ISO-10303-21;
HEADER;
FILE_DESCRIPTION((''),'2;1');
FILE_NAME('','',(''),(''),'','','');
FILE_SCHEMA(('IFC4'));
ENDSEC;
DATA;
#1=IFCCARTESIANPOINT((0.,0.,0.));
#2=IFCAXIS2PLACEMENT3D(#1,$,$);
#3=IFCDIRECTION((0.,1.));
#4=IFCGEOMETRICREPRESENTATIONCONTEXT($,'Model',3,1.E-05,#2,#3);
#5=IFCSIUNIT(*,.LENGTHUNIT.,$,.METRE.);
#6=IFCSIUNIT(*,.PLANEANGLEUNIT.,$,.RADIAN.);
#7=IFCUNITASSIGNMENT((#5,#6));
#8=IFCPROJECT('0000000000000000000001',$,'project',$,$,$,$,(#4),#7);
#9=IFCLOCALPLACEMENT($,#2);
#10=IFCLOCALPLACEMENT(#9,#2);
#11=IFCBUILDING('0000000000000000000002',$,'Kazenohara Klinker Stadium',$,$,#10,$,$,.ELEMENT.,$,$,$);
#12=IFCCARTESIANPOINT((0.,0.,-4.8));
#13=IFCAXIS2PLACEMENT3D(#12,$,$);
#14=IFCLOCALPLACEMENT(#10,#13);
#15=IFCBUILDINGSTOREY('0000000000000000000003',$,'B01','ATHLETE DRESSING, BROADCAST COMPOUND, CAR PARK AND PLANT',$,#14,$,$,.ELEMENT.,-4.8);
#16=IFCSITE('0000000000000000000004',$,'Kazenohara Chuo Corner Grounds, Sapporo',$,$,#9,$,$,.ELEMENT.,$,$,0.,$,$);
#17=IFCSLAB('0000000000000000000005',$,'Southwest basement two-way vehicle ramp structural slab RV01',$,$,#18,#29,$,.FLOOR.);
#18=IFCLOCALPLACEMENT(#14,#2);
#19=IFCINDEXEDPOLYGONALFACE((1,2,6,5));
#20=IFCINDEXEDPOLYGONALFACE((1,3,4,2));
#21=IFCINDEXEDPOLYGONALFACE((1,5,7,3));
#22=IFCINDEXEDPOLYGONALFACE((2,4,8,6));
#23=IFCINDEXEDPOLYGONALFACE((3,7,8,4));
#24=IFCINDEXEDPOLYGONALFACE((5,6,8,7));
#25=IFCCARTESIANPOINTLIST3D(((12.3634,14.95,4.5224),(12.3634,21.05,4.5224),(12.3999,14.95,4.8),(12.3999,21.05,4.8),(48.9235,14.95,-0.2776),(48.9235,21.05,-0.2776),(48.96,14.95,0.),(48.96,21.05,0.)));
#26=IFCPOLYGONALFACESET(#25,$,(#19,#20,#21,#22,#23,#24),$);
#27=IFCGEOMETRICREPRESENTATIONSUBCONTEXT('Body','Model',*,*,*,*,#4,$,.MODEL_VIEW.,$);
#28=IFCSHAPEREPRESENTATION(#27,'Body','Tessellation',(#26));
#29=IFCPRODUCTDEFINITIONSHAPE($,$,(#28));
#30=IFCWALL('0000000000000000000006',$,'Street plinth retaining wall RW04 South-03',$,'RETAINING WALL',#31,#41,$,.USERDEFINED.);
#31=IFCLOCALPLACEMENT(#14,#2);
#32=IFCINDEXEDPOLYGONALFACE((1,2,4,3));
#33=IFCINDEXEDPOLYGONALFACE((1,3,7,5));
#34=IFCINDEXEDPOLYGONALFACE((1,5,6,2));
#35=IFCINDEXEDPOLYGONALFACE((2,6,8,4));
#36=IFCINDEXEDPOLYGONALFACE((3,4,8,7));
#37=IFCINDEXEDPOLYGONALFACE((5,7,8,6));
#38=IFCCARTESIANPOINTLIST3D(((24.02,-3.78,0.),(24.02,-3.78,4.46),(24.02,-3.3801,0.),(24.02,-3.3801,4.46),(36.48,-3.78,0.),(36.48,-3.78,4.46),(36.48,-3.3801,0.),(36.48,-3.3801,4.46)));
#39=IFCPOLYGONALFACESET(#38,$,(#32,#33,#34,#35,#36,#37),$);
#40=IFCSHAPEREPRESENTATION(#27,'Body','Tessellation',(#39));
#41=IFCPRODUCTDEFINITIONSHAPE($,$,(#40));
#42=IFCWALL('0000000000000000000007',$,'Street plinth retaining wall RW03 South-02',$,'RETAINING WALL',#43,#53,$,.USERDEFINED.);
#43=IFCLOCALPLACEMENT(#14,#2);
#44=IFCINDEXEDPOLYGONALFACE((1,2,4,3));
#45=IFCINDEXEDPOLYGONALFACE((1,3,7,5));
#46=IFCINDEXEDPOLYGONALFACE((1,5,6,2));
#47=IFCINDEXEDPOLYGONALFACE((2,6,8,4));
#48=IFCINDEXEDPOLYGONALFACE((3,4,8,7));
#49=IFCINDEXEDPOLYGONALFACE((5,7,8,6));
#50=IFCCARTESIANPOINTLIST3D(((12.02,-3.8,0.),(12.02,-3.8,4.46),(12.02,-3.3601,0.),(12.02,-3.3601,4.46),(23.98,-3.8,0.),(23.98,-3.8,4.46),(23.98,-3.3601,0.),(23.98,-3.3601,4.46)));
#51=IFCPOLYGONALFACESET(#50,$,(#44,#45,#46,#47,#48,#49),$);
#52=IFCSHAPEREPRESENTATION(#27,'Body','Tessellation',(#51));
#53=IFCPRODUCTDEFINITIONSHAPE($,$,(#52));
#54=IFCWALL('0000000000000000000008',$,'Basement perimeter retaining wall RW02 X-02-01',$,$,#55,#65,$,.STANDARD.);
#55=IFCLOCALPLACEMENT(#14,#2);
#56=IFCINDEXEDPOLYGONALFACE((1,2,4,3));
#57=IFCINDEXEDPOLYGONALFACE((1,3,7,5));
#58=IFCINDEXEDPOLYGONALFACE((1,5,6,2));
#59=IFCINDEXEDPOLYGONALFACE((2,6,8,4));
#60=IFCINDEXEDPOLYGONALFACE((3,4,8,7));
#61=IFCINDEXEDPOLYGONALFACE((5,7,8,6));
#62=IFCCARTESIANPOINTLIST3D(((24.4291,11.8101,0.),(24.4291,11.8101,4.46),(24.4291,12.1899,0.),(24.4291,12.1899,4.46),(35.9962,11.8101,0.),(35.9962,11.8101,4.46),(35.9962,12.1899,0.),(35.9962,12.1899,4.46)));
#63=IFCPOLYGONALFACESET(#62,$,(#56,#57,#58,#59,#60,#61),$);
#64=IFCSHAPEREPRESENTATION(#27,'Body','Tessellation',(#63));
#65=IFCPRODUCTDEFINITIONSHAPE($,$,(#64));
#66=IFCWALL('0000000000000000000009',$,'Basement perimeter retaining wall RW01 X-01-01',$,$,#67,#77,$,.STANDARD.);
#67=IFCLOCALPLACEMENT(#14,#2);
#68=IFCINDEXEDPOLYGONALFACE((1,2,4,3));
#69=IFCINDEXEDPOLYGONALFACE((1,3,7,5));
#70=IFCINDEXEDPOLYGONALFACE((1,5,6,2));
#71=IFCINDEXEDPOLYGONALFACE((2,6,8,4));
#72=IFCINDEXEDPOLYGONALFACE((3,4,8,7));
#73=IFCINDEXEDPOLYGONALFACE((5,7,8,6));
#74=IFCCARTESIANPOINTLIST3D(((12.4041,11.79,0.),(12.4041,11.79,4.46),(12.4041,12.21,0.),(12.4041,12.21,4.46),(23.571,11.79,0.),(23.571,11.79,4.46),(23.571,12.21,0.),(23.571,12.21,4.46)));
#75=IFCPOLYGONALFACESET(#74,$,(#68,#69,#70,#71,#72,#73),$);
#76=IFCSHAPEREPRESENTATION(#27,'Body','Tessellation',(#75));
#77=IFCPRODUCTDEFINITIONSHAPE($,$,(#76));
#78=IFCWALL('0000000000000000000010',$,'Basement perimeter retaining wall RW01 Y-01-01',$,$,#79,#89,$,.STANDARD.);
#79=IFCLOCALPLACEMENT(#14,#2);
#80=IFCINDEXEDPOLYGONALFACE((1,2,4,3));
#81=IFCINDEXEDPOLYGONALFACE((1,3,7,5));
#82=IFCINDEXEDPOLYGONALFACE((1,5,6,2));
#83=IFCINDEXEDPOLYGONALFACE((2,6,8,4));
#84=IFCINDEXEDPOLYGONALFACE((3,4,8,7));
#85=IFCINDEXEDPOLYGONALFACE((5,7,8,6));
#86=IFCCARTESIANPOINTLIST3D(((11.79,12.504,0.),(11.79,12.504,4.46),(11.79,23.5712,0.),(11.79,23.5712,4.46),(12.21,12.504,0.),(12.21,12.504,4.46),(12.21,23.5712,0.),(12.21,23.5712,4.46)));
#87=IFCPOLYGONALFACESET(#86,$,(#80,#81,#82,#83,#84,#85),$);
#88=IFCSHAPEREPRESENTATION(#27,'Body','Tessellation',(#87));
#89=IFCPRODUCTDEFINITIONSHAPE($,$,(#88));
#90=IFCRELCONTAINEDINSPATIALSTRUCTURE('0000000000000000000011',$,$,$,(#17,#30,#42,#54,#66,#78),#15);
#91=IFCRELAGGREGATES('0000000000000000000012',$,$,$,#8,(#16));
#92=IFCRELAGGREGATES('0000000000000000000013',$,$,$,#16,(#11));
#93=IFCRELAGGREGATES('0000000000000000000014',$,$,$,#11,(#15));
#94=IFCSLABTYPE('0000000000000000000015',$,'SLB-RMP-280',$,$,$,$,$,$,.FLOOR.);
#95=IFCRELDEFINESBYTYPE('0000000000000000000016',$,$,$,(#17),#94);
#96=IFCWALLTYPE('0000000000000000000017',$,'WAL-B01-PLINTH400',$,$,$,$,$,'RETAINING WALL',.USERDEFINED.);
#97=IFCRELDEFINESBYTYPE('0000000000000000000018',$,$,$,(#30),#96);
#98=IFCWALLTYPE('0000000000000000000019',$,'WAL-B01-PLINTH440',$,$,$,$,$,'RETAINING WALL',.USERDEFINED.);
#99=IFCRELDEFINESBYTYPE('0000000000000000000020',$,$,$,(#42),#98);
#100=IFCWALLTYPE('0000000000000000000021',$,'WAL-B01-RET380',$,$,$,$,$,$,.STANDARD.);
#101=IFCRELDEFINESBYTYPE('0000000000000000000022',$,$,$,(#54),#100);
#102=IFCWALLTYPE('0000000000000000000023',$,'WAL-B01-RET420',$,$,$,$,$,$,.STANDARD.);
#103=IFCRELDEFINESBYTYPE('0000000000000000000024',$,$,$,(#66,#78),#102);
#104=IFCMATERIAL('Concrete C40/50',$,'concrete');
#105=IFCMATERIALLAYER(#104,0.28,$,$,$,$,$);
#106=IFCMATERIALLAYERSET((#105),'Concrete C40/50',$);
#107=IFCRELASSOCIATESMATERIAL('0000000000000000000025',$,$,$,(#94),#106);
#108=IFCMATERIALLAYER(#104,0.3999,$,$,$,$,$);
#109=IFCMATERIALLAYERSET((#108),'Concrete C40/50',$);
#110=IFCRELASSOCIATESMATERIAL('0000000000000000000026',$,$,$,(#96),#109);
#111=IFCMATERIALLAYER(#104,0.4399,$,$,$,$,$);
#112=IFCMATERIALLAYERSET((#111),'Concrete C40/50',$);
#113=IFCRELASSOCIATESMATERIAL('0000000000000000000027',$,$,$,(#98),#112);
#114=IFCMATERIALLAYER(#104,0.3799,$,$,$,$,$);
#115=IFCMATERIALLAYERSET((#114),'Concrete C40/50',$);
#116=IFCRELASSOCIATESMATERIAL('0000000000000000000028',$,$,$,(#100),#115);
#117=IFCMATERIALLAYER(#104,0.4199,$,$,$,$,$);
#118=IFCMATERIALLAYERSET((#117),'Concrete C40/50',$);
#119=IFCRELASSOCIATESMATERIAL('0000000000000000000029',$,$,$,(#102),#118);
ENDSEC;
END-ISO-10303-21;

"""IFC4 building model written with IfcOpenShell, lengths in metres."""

from ifc_helpers import new_model, si_unit, direction, frame, frame_2d, origin, place, context, subcontext, project, spatial, polyline, rectangle, outline, extrude, material, layer, layer_set, type_object, element, save


model = new_model("IFC4")

# Units and contexts
model_context = context("Model", 3, precision=1e-05, world=origin(), true_north=direction((0.0, 1.0)))
body_context = subcontext(model_context, "Body", "Model", "MODEL_VIEW")
ifc_project = project(units=[si_unit("LENGTHUNIT", "METRE"), si_unit("PLANEANGLEUNIT", "RADIAN")], contexts=[model_context])

# Site, building, storey
site_placement = place(None, origin())
site = spatial("IfcSite", under=ifc_project, at=site_placement, Name="Kazenohara Chuo Corner Grounds, Sapporo", CompositionType="ELEMENT", RefElevation=0.0)
building_placement = place(site_placement, origin())
building = spatial("IfcBuilding", under=site, at=building_placement, Name="Kazenohara Klinker Stadium", CompositionType="ELEMENT")
storey_placement = place(building_placement, frame((0.0, 0.0, -4.8)))
storey = spatial("IfcBuildingStorey", under=building, at=storey_placement, Name="B01", Description="ATHLETE DRESSING, BROADCAST COMPOUND, CAR PARK AND PLANT", CompositionType="ELEMENT", Elevation=-4.8)

# Shared definitions
ifc_material_1 = material(Name="Concrete C40/50", Category="concrete")

# Slab
ifc_layer_1 = layer(ifc_material_1, 0.28)
ifc_layer_set_1 = layer_set([ifc_layer_1], Name="Concrete C40/50")
slab_type = type_object("IfcSlabType", Name="SLB-RMP-280", PredefinedType="FLOOR", material=ifc_layer_set_1)
slab_placement = place(storey_placement, frame((12.3999, 14.95, 4.8), z_axis=(0.130175, 0.0, 0.991491), x_axis=(0.991491, 0.0, -0.130175)))
element("IfcSlab", 1, at=slab_placement, inside=storey, type_object=slab_type, Name="Southwest basement two-way vehicle ramp structural slab RV01", PredefinedType="FLOOR", context=body_context, shape_type="SweptSolid", body=[
    extrude(outline(polyline([(0.0, 0.0), (36.8738, 0.0), (36.8738, 6.1001), (0.0, 6.1001), (0.0, 0.0)])), origin(), (0.0, 0.0, -1.0), 0.28),
])

# Walls
ifc_layer_2 = layer(ifc_material_1, 0.3999)
ifc_layer_set_2 = layer_set([ifc_layer_2], Name="Concrete C40/50")
wall_type_1 = type_object("IfcWallType", Name="WAL-B01-PLINTH400", ElementType="RETAINING WALL", PredefinedType="USERDEFINED", material=ifc_layer_set_2)
wall_1_placement = place(storey_placement, frame((24.02, -3.5801, 0.0), z_axis=(0.0, 0.0, 1.0), x_axis=(1.0, 0.0, 0.0)))
element("IfcWall", 2, at=wall_1_placement, inside=storey, type_object=wall_type_1, Name="Street plinth retaining wall RW04 South-03", ObjectType="RETAINING WALL", PredefinedType="USERDEFINED", context=body_context, shape_type="SweptSolid", body=[
    extrude(rectangle(XDim=12.46, YDim=0.3999, at=frame_2d((6.23, 0.0))), origin(), (0.0, 0.0, 1.0), 4.46),
])
ifc_layer_3 = layer(ifc_material_1, 0.4399)
ifc_layer_set_3 = layer_set([ifc_layer_3], Name="Concrete C40/50")
wall_type_2 = type_object("IfcWallType", Name="WAL-B01-PLINTH440", ElementType="RETAINING WALL", PredefinedType="USERDEFINED", material=ifc_layer_set_3)
wall_2_placement = place(storey_placement, frame((12.02, -3.5801, 0.0), z_axis=(0.0, 0.0, 1.0), x_axis=(1.0, 0.0, 0.0)))
element("IfcWall", 3, at=wall_2_placement, inside=storey, type_object=wall_type_2, Name="Street plinth retaining wall RW03 South-02", ObjectType="RETAINING WALL", PredefinedType="USERDEFINED", context=body_context, shape_type="SweptSolid", body=[
    extrude(rectangle(XDim=11.96, YDim=0.4399, at=frame_2d((5.98, 0.0))), origin(), (0.0, 0.0, 1.0), 4.46),
])
ifc_layer_4 = layer(ifc_material_1, 0.3799)
ifc_layer_set_4 = layer_set([ifc_layer_4], Name="Concrete C40/50")
wall_type_3 = type_object("IfcWallType", Name="WAL-B01-RET380", PredefinedType="STANDARD", material=ifc_layer_set_4)
wall_3_placement = place(storey_placement, frame((24.429, 12.0, 0.0), z_axis=(0.0, 0.0, 1.0), x_axis=(1.0, 0.0, 0.0)))
element("IfcWall", 4, at=wall_3_placement, inside=storey, type_object=wall_type_3, Name="Basement perimeter retaining wall RW02 X-02-01", PredefinedType="STANDARD", context=body_context, shape_type="SweptSolid", body=[
    extrude(rectangle(XDim=11.5671, YDim=0.3799, at=frame_2d((5.7837, 0.0))), origin(), (0.0, 0.0, 1.0), 4.46),
])
ifc_layer_5 = layer(ifc_material_1, 0.4199)
ifc_layer_set_5 = layer_set([ifc_layer_5], Name="Concrete C40/50")
wall_type_4 = type_object("IfcWallType", Name="WAL-B01-RET420", PredefinedType="STANDARD", material=ifc_layer_set_5)
wall_4_placement = place(storey_placement, frame((12.4041, 12.0, 0.0), z_axis=(0.0, 0.0, 1.0), x_axis=(1.0, 0.0, 0.0)))
element("IfcWall", 5, at=wall_4_placement, inside=storey, type_object=wall_type_4, Name="Basement perimeter retaining wall RW01 X-01-01", PredefinedType="STANDARD", context=body_context, shape_type="SweptSolid", body=[
    extrude(rectangle(XDim=11.167, YDim=0.4199, at=frame_2d((5.5835, 0.0))), origin(), (0.0, 0.0, 1.0), 4.46),
])
wall_5_placement = place(storey_placement, frame((12.0, 12.5039, 0.0), z_axis=(0.0, 0.0, 1.0), x_axis=(0.0, 1.0, 0.0)))
element("IfcWall", 6, at=wall_5_placement, inside=storey, type_object=wall_type_4, Name="Basement perimeter retaining wall RW01 Y-01-01", PredefinedType="STANDARD", context=body_context, shape_type="SweptSolid", body=[
    extrude(rectangle(XDim=11.0671, YDim=0.4199, at=frame_2d((5.5337, 0.0))), origin(), (0.0, 0.0, 1.0), 4.46),
])

save(model, "model.ifc")
